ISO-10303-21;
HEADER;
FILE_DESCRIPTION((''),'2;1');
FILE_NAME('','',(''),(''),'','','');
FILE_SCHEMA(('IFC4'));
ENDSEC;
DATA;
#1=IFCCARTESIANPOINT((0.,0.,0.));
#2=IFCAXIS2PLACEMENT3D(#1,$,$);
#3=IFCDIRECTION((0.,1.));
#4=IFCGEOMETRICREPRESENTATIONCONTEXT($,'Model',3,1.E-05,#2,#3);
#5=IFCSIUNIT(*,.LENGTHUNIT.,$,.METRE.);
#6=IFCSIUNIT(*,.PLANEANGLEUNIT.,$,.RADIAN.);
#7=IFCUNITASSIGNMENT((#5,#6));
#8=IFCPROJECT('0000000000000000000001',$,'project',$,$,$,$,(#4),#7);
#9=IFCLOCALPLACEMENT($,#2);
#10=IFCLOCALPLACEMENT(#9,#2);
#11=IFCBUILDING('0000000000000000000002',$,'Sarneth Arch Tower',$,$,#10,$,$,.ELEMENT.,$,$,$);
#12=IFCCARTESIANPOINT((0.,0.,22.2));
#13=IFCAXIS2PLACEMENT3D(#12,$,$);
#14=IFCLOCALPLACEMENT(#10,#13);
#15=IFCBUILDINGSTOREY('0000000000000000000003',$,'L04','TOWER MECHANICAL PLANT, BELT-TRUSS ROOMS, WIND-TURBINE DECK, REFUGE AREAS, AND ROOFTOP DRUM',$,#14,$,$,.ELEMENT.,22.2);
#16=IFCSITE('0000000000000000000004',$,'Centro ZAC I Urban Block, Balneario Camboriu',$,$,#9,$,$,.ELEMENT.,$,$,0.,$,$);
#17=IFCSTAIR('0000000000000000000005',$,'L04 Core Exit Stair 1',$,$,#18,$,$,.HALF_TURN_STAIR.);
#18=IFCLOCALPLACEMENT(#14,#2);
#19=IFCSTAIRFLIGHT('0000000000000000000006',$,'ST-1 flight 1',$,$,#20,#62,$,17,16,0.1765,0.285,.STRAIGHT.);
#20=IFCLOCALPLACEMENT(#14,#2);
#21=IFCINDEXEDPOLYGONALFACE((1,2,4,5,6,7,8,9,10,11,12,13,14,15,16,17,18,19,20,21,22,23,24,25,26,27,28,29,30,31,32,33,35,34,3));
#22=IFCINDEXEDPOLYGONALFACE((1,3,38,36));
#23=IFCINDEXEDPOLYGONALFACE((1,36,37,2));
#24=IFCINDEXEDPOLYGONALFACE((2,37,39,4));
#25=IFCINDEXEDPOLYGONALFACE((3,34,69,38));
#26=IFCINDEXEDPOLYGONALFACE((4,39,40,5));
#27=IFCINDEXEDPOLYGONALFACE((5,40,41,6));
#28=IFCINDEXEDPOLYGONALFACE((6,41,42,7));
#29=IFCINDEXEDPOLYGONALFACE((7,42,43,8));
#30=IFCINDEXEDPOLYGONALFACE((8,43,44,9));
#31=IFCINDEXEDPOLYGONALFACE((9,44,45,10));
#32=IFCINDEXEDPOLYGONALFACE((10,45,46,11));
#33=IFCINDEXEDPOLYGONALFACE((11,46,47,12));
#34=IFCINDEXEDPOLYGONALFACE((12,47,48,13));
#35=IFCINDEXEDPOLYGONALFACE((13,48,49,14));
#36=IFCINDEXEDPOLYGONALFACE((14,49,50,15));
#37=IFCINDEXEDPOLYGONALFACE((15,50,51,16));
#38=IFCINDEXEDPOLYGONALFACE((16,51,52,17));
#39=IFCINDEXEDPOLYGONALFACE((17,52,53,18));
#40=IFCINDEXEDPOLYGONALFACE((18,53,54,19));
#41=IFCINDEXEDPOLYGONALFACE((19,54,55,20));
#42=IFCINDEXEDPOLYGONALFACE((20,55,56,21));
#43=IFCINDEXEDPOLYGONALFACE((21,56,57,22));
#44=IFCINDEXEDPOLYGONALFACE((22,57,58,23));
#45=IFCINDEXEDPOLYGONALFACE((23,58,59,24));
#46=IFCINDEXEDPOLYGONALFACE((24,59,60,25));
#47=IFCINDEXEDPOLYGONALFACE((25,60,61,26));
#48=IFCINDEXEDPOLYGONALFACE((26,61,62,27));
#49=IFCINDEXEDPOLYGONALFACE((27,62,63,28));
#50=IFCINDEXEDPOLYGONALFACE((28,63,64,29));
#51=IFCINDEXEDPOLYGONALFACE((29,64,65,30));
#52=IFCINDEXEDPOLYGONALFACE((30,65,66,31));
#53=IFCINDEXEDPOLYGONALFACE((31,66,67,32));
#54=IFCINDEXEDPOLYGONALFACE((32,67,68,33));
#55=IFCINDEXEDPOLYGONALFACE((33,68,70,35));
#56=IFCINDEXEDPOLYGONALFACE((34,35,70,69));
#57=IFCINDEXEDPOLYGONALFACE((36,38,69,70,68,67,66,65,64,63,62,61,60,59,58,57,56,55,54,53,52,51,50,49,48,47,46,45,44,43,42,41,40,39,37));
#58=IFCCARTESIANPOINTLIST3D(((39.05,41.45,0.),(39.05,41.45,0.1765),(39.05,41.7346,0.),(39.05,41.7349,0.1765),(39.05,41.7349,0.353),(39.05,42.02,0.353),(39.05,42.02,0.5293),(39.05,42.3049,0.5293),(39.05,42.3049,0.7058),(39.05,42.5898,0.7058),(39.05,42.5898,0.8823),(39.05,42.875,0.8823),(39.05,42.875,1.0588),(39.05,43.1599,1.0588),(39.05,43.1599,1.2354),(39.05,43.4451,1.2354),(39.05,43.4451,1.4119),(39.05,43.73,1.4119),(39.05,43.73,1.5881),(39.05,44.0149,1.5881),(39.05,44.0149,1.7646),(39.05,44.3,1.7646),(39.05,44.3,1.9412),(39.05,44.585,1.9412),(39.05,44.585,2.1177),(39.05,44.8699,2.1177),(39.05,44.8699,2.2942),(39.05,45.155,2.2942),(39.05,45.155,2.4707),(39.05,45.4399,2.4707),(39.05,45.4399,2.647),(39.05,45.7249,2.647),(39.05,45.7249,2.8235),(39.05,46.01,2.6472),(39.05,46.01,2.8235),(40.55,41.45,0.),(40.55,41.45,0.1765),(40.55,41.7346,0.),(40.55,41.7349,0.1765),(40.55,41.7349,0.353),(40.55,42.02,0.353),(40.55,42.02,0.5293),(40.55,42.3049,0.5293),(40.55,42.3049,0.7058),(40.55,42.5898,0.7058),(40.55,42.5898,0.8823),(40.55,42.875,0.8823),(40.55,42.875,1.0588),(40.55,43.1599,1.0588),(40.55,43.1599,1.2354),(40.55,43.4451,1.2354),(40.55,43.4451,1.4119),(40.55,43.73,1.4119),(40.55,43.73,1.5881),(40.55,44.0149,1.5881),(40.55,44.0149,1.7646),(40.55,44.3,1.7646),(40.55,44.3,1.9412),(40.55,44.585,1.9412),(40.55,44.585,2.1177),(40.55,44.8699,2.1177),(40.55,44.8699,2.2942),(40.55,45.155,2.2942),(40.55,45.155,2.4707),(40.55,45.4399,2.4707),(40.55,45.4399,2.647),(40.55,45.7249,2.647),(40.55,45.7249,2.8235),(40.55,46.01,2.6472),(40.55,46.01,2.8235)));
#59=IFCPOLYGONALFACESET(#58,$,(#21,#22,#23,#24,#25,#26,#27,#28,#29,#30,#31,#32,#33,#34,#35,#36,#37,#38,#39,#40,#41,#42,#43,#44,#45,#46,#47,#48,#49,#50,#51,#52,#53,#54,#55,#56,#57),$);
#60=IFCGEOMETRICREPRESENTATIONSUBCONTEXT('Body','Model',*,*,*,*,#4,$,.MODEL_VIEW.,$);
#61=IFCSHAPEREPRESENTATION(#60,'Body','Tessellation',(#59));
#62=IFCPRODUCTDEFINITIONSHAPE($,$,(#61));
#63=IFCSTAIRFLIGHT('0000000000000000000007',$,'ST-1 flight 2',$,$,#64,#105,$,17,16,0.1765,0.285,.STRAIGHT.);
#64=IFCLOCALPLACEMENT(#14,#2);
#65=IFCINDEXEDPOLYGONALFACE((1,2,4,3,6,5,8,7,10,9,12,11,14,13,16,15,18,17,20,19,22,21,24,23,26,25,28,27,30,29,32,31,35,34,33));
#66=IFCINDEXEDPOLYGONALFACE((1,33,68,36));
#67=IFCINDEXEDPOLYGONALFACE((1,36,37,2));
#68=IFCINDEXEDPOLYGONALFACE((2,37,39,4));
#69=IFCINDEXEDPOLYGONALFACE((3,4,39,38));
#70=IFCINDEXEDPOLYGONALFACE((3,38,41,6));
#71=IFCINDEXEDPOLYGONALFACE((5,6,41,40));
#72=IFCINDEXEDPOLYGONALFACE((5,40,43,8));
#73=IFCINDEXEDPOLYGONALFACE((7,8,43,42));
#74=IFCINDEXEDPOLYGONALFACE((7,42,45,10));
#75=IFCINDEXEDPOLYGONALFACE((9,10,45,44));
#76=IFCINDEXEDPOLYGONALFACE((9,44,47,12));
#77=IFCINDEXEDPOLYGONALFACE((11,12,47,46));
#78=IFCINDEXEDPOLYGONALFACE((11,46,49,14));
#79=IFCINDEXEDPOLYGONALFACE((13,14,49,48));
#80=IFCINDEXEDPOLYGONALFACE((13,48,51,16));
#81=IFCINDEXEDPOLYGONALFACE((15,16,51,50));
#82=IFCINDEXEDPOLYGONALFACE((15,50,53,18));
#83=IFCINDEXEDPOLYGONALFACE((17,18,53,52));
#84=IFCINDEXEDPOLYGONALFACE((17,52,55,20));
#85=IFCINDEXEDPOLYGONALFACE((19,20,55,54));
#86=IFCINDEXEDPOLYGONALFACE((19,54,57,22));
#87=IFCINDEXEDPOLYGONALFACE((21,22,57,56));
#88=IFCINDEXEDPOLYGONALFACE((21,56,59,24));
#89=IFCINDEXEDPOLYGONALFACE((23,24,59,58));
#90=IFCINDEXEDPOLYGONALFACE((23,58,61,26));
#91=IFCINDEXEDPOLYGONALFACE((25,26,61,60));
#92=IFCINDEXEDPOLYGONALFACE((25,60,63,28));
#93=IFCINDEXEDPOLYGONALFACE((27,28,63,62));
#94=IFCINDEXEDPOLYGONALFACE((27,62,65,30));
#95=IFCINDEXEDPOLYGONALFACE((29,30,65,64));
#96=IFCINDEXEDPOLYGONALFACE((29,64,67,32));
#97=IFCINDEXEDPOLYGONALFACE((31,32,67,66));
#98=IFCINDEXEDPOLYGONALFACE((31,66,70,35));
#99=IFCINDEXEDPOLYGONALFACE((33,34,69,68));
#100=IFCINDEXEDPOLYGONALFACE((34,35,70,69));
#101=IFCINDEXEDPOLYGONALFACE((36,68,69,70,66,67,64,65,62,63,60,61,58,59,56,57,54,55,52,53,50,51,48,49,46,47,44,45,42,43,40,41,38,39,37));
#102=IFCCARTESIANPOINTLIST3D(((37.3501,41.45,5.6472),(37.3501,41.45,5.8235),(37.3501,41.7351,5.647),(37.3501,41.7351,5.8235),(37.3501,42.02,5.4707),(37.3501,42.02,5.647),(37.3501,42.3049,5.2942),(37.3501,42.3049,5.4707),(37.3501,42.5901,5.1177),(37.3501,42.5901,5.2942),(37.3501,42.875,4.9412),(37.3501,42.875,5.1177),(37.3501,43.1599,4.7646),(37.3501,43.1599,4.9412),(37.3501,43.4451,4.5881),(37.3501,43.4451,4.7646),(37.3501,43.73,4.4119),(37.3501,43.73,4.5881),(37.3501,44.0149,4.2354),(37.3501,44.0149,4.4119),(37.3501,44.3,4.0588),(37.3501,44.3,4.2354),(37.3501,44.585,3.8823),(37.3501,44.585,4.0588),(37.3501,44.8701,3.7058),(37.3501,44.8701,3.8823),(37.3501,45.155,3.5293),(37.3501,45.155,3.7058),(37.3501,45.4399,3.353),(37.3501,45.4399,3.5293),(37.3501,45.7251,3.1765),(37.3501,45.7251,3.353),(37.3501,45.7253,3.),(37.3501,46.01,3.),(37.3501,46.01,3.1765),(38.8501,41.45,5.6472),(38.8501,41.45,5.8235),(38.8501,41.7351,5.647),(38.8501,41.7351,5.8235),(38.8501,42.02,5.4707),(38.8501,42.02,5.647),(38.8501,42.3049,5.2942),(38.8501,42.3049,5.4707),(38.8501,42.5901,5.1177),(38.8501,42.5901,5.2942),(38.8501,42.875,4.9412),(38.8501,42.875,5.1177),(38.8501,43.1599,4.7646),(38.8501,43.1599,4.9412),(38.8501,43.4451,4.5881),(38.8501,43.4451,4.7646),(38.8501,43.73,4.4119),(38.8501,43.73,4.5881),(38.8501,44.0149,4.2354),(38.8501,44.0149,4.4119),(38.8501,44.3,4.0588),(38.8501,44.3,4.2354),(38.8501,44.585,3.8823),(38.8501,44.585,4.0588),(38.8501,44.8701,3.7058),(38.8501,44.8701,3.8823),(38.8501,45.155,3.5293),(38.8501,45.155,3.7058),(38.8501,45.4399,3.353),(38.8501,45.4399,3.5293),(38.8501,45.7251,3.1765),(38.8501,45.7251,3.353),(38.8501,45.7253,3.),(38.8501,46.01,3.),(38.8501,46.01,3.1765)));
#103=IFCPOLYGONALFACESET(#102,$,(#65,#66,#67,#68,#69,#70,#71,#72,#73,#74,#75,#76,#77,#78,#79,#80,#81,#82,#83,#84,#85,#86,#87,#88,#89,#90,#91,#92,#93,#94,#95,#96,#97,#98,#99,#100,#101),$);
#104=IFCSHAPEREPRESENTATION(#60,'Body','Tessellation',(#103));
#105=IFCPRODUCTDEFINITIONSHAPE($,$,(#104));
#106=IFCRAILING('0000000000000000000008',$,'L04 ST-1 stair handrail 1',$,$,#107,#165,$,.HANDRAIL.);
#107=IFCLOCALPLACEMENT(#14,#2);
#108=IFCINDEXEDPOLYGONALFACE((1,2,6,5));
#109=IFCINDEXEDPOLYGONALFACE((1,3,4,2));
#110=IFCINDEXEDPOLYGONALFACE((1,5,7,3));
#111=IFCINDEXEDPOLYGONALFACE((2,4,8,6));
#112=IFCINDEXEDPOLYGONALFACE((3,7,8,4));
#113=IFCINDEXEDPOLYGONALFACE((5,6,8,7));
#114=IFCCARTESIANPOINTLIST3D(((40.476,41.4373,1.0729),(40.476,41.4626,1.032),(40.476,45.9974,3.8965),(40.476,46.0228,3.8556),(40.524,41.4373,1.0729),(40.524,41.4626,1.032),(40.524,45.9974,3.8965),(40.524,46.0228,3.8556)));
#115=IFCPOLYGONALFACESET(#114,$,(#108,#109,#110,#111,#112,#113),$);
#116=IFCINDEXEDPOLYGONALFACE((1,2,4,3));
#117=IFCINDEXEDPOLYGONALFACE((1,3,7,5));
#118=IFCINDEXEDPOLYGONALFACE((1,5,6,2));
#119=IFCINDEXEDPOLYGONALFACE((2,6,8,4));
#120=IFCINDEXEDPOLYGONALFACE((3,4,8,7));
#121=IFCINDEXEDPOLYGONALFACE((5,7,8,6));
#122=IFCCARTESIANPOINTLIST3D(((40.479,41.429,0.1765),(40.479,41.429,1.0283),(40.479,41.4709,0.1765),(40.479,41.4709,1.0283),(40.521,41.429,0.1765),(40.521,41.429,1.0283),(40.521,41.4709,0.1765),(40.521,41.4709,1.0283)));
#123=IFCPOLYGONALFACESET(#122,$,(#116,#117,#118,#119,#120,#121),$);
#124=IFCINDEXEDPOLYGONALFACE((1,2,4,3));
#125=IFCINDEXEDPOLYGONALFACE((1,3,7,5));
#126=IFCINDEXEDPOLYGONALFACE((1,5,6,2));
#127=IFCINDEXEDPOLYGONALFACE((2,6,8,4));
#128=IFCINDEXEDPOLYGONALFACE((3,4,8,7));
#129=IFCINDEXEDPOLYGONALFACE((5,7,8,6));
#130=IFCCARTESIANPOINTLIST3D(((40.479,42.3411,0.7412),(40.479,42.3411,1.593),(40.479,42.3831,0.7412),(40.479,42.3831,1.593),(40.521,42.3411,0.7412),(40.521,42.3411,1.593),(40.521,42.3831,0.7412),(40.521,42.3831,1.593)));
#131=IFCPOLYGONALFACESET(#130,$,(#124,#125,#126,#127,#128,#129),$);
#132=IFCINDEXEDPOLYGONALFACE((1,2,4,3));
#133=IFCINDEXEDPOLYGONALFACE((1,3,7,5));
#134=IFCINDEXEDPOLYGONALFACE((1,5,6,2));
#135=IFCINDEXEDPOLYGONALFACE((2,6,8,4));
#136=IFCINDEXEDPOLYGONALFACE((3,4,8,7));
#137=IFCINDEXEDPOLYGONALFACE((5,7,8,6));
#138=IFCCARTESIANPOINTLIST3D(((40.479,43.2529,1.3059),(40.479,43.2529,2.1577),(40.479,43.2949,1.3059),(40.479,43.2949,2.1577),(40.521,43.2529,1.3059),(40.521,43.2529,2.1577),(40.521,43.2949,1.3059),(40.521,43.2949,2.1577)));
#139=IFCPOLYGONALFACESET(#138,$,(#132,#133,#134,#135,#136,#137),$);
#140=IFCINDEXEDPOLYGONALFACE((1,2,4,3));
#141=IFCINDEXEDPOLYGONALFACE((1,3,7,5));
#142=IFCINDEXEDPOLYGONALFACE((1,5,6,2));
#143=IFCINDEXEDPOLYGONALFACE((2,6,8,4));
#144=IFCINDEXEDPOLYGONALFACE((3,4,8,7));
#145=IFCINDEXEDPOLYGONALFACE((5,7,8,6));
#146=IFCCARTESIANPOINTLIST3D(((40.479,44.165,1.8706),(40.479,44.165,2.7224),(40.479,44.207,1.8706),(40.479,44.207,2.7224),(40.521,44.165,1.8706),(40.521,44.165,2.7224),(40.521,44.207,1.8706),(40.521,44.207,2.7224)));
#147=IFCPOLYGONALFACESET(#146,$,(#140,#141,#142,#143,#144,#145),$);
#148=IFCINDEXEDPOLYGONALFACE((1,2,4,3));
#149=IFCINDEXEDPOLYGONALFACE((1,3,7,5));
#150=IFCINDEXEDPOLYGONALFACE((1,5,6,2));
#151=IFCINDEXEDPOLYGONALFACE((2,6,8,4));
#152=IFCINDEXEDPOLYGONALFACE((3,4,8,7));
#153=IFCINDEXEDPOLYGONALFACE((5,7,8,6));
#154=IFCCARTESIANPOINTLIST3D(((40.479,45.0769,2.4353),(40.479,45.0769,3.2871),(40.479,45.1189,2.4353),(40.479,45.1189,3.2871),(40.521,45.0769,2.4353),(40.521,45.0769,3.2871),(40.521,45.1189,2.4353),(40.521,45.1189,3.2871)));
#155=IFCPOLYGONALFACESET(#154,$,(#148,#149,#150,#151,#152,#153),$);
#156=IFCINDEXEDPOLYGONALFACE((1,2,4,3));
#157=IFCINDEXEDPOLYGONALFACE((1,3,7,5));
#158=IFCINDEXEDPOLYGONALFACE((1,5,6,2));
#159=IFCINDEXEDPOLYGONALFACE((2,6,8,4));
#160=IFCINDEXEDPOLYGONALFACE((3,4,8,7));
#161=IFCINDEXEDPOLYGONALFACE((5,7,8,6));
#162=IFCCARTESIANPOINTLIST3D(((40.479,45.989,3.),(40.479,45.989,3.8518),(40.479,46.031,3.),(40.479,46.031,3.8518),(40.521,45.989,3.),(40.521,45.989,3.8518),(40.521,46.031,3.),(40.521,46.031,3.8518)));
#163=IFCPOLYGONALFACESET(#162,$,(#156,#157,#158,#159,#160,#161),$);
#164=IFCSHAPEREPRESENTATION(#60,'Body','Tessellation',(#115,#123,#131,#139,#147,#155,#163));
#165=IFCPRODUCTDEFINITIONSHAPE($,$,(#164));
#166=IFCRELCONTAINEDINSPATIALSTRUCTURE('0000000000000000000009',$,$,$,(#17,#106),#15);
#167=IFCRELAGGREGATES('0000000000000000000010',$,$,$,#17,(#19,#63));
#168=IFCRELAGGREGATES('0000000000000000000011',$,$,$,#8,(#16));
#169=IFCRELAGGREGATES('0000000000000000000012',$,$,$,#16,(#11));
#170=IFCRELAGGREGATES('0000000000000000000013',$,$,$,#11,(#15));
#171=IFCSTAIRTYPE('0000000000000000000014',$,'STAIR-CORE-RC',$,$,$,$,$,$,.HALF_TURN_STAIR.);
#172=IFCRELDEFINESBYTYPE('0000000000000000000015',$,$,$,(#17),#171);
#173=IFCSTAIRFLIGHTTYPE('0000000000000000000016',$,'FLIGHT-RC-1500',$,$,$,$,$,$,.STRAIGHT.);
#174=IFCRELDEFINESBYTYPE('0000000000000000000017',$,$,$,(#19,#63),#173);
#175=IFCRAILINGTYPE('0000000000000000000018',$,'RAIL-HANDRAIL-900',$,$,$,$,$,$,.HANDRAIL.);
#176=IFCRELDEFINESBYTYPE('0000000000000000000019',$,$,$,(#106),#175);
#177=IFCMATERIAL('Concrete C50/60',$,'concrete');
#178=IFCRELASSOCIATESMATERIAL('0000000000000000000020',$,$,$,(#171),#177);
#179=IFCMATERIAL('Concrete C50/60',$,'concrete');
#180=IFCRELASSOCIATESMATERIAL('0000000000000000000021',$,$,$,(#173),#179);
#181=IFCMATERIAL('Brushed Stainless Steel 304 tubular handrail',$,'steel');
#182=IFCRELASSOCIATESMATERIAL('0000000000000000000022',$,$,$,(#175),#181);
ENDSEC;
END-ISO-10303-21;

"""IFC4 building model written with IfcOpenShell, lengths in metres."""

from ifc_helpers import new_model, si_unit, direction, frame, origin, origin_2d, place, context, subcontext, project, spatial, polyline, rectangle, outline, extrude, material, type_object, element, aggregate, save


model = new_model("IFC4")

# Units and contexts
model_context = context("Model", 3, precision=1e-05, world=origin(), true_north=direction((0.0, 1.0)))
body_context = subcontext(model_context, "Body", "Model", "MODEL_VIEW")
ifc_project = project(units=[si_unit("LENGTHUNIT", "METRE"), si_unit("PLANEANGLEUNIT", "RADIAN")], contexts=[model_context])

# Site, building, storey
site_placement = place(None, origin())
site = spatial("IfcSite", under=ifc_project, at=site_placement, Name="Centro ZAC I Urban Block, Balneario Camboriu", CompositionType="ELEMENT", RefElevation=0.0)
building_placement = place(site_placement, origin())
building = spatial("IfcBuilding", under=site, at=building_placement, Name="Sarneth Arch Tower", CompositionType="ELEMENT")
storey_placement = place(building_placement, frame((0.0, 0.0, 22.2)))
storey = spatial("IfcBuildingStorey", under=building, at=storey_placement, Name="L04", Description="TOWER MECHANICAL PLANT, BELT-TRUSS ROOMS, WIND-TURBINE DECK, REFUGE AREAS, AND ROOFTOP DRUM", CompositionType="ELEMENT", Elevation=22.2)

# Stair, stair flights
ifc_material_1 = material(Name="Concrete C50/60", Category="concrete")
stair_type = type_object("IfcStairType", Name="STAIR-CORE-RC", PredefinedType="HALF_TURN_STAIR", material=ifc_material_1)
stair_placement = place(storey_placement, origin())
stair = element("IfcStair", 1, at=stair_placement, inside=storey, type_object=stair_type, Name="L04 Core Exit Stair 1", PredefinedType="HALF_TURN_STAIR")
ifc_material_2 = material(Name="Concrete C50/60", Category="concrete")
stair_flight_type = type_object("IfcStairFlightType", Name="FLIGHT-RC-1500", PredefinedType="STRAIGHT", material=ifc_material_2)
stair_flight_1_placement = place(storey_placement, frame((39.8, 41.45, 0.0), z_axis=(0.0, 0.0, 1.0), x_axis=(0.0, 1.0, 0.0)))
stair_flight_1 = element("IfcStairFlight", 2, at=stair_flight_1_placement, type_object=stair_flight_type, Name="ST-1 flight 1", NumberOfRisers=17, NumberOfTreads=16, PredefinedType="STRAIGHT", RiserHeight=0.1765, TreadLength=0.285, context=body_context, shape_type="SweptSolid", body=[
    extrude(outline(polyline([(0.0, 0.0), (0.0, 0.1765), (0.2849, 0.1765), (0.2849, 0.353), (0.5701, 0.353), (0.5701, 0.5293), (0.855, 0.5293), (0.855, 0.7058), (1.1399, 0.7058), (1.1399, 0.8823), (1.425, 0.8823), (1.425, 1.0588), (1.71, 1.0588), (1.71, 1.2354), (1.9951, 1.2354), (1.9951, 1.4119), (2.28, 1.4119), (2.28, 1.5881), (2.5649, 1.5881), (2.5649, 1.7646), (2.8501, 1.7646), (2.8501, 1.9412), (3.135, 1.9412), (3.135, 2.1177), (3.4199, 2.1177), (3.4199, 2.2942), (3.7051, 2.2942), (3.7051, 2.4707), (3.99, 2.4707), (3.99, 2.647), (4.2749, 2.647), (4.2749, 2.8235), (4.5601, 2.8235), (4.5601, 3.0), (4.5601, 2.6472), (0.2847, 0.0), (0.0, 0.0)])), frame((0.0, 0.75, 0.0), z_axis=(0.0, -1.0, 0.0), x_axis=(1.0, 0.0, 0.0)), (0.0, 0.0, 1.0), 1.5),
])
stair_flight_2_placement = place(storey_placement, frame((38.1001, 46.01, 3.0), z_axis=(0.0, 0.0, 1.0), x_axis=(0.0, -1.0, 0.0)))
stair_flight_2 = element("IfcStairFlight", 3, at=stair_flight_2_placement, type_object=stair_flight_type, Name="ST-1 flight 2", NumberOfRisers=17, NumberOfTreads=16, PredefinedType="STRAIGHT", RiserHeight=0.1765, TreadLength=0.285, context=body_context, shape_type="SweptSolid", body=[
    extrude(outline(polyline([(0.0, 0.0), (0.0, 0.1765), (0.2849, 0.1765), (0.2849, 0.353), (0.5701, 0.353), (0.5701, 0.5293), (0.855, 0.5293), (0.855, 0.7058), (1.1399, 0.7058), (1.1399, 0.8823), (1.425, 0.8823), (1.425, 1.0588), (1.71, 1.0588), (1.71, 1.2354), (1.9951, 1.2354), (1.9951, 1.4119), (2.28, 1.4119), (2.28, 1.5881), (2.5649, 1.5881), (2.5649, 1.7646), (2.8501, 1.7646), (2.8501, 1.9412), (3.135, 1.9412), (3.135, 2.1177), (3.4199, 2.1177), (3.4199, 2.2942), (3.7051, 2.2942), (3.7051, 2.4707), (3.99, 2.4707), (3.99, 2.647), (4.2749, 2.647), (4.2749, 2.8235), (4.5601, 2.8235), (4.5601, 3.0), (4.5601, 2.6472), (0.2847, 0.0), (0.0, 0.0)])), frame((0.0, 0.75, 0.0), z_axis=(0.0, -1.0, 0.0), x_axis=(1.0, 0.0, 0.0)), (0.0, 0.0, 1.0), 1.5),
])
aggregate(stair, [stair_flight_1, stair_flight_2])

# Railing
ifc_material_3 = material(Name="Brushed Stainless Steel 304 tubular handrail", Category="steel")
railing_type_1 = type_object("IfcRailingType", Name="RAIL-HANDRAIL-900", PredefinedType="HANDRAIL", material=ifc_material_3)
railing_1_placement = place(storey_placement, frame((40.5, 41.45, 0.1765)))
element("IfcRailing", 4, at=railing_1_placement, inside=storey, type_object=railing_type_1, Name="L04 ST-1 stair handrail 1", PredefinedType="HANDRAIL", context=body_context, shape_type="SweptSolid", body=[
    extrude(rectangle(XDim=0.0481, YDim=0.0481, at=origin_2d()), frame((0.0, 0.0, 0.876), z_axis=(0.0, 0.850216, 0.526435), x_axis=(-1.0, 0.0, 0.0)), (0.0, 0.0, 1.0), 5.3635),
    extrude(rectangle(XDim=0.042, YDim=0.042, at=origin_2d()), origin(), (0.0, 0.0, 1.0), 0.8518),
    extrude(rectangle(XDim=0.042, YDim=0.042, at=origin_2d()), frame((0.0, 0.9121, 0.5647)), (0.0, 0.0, 1.0), 0.8518),
    extrude(rectangle(XDim=0.042, YDim=0.042, at=origin_2d()), frame((0.0, 1.824, 1.1294)), (0.0, 0.0, 1.0), 0.8518),
    extrude(rectangle(XDim=0.042, YDim=0.042, at=origin_2d()), frame((0.0, 2.7361, 1.6941)), (0.0, 0.0, 1.0), 0.8518),
    extrude(rectangle(XDim=0.042, YDim=0.042, at=origin_2d()), frame((0.0, 3.6479, 2.2588)), (0.0, 0.0, 1.0), 0.8518),
    extrude(rectangle(XDim=0.042, YDim=0.042, at=origin_2d()), frame((0.0, 4.5601, 2.8235)), (0.0, 0.0, 1.0), 0.8518),
])

save(model, "model.ifc")
